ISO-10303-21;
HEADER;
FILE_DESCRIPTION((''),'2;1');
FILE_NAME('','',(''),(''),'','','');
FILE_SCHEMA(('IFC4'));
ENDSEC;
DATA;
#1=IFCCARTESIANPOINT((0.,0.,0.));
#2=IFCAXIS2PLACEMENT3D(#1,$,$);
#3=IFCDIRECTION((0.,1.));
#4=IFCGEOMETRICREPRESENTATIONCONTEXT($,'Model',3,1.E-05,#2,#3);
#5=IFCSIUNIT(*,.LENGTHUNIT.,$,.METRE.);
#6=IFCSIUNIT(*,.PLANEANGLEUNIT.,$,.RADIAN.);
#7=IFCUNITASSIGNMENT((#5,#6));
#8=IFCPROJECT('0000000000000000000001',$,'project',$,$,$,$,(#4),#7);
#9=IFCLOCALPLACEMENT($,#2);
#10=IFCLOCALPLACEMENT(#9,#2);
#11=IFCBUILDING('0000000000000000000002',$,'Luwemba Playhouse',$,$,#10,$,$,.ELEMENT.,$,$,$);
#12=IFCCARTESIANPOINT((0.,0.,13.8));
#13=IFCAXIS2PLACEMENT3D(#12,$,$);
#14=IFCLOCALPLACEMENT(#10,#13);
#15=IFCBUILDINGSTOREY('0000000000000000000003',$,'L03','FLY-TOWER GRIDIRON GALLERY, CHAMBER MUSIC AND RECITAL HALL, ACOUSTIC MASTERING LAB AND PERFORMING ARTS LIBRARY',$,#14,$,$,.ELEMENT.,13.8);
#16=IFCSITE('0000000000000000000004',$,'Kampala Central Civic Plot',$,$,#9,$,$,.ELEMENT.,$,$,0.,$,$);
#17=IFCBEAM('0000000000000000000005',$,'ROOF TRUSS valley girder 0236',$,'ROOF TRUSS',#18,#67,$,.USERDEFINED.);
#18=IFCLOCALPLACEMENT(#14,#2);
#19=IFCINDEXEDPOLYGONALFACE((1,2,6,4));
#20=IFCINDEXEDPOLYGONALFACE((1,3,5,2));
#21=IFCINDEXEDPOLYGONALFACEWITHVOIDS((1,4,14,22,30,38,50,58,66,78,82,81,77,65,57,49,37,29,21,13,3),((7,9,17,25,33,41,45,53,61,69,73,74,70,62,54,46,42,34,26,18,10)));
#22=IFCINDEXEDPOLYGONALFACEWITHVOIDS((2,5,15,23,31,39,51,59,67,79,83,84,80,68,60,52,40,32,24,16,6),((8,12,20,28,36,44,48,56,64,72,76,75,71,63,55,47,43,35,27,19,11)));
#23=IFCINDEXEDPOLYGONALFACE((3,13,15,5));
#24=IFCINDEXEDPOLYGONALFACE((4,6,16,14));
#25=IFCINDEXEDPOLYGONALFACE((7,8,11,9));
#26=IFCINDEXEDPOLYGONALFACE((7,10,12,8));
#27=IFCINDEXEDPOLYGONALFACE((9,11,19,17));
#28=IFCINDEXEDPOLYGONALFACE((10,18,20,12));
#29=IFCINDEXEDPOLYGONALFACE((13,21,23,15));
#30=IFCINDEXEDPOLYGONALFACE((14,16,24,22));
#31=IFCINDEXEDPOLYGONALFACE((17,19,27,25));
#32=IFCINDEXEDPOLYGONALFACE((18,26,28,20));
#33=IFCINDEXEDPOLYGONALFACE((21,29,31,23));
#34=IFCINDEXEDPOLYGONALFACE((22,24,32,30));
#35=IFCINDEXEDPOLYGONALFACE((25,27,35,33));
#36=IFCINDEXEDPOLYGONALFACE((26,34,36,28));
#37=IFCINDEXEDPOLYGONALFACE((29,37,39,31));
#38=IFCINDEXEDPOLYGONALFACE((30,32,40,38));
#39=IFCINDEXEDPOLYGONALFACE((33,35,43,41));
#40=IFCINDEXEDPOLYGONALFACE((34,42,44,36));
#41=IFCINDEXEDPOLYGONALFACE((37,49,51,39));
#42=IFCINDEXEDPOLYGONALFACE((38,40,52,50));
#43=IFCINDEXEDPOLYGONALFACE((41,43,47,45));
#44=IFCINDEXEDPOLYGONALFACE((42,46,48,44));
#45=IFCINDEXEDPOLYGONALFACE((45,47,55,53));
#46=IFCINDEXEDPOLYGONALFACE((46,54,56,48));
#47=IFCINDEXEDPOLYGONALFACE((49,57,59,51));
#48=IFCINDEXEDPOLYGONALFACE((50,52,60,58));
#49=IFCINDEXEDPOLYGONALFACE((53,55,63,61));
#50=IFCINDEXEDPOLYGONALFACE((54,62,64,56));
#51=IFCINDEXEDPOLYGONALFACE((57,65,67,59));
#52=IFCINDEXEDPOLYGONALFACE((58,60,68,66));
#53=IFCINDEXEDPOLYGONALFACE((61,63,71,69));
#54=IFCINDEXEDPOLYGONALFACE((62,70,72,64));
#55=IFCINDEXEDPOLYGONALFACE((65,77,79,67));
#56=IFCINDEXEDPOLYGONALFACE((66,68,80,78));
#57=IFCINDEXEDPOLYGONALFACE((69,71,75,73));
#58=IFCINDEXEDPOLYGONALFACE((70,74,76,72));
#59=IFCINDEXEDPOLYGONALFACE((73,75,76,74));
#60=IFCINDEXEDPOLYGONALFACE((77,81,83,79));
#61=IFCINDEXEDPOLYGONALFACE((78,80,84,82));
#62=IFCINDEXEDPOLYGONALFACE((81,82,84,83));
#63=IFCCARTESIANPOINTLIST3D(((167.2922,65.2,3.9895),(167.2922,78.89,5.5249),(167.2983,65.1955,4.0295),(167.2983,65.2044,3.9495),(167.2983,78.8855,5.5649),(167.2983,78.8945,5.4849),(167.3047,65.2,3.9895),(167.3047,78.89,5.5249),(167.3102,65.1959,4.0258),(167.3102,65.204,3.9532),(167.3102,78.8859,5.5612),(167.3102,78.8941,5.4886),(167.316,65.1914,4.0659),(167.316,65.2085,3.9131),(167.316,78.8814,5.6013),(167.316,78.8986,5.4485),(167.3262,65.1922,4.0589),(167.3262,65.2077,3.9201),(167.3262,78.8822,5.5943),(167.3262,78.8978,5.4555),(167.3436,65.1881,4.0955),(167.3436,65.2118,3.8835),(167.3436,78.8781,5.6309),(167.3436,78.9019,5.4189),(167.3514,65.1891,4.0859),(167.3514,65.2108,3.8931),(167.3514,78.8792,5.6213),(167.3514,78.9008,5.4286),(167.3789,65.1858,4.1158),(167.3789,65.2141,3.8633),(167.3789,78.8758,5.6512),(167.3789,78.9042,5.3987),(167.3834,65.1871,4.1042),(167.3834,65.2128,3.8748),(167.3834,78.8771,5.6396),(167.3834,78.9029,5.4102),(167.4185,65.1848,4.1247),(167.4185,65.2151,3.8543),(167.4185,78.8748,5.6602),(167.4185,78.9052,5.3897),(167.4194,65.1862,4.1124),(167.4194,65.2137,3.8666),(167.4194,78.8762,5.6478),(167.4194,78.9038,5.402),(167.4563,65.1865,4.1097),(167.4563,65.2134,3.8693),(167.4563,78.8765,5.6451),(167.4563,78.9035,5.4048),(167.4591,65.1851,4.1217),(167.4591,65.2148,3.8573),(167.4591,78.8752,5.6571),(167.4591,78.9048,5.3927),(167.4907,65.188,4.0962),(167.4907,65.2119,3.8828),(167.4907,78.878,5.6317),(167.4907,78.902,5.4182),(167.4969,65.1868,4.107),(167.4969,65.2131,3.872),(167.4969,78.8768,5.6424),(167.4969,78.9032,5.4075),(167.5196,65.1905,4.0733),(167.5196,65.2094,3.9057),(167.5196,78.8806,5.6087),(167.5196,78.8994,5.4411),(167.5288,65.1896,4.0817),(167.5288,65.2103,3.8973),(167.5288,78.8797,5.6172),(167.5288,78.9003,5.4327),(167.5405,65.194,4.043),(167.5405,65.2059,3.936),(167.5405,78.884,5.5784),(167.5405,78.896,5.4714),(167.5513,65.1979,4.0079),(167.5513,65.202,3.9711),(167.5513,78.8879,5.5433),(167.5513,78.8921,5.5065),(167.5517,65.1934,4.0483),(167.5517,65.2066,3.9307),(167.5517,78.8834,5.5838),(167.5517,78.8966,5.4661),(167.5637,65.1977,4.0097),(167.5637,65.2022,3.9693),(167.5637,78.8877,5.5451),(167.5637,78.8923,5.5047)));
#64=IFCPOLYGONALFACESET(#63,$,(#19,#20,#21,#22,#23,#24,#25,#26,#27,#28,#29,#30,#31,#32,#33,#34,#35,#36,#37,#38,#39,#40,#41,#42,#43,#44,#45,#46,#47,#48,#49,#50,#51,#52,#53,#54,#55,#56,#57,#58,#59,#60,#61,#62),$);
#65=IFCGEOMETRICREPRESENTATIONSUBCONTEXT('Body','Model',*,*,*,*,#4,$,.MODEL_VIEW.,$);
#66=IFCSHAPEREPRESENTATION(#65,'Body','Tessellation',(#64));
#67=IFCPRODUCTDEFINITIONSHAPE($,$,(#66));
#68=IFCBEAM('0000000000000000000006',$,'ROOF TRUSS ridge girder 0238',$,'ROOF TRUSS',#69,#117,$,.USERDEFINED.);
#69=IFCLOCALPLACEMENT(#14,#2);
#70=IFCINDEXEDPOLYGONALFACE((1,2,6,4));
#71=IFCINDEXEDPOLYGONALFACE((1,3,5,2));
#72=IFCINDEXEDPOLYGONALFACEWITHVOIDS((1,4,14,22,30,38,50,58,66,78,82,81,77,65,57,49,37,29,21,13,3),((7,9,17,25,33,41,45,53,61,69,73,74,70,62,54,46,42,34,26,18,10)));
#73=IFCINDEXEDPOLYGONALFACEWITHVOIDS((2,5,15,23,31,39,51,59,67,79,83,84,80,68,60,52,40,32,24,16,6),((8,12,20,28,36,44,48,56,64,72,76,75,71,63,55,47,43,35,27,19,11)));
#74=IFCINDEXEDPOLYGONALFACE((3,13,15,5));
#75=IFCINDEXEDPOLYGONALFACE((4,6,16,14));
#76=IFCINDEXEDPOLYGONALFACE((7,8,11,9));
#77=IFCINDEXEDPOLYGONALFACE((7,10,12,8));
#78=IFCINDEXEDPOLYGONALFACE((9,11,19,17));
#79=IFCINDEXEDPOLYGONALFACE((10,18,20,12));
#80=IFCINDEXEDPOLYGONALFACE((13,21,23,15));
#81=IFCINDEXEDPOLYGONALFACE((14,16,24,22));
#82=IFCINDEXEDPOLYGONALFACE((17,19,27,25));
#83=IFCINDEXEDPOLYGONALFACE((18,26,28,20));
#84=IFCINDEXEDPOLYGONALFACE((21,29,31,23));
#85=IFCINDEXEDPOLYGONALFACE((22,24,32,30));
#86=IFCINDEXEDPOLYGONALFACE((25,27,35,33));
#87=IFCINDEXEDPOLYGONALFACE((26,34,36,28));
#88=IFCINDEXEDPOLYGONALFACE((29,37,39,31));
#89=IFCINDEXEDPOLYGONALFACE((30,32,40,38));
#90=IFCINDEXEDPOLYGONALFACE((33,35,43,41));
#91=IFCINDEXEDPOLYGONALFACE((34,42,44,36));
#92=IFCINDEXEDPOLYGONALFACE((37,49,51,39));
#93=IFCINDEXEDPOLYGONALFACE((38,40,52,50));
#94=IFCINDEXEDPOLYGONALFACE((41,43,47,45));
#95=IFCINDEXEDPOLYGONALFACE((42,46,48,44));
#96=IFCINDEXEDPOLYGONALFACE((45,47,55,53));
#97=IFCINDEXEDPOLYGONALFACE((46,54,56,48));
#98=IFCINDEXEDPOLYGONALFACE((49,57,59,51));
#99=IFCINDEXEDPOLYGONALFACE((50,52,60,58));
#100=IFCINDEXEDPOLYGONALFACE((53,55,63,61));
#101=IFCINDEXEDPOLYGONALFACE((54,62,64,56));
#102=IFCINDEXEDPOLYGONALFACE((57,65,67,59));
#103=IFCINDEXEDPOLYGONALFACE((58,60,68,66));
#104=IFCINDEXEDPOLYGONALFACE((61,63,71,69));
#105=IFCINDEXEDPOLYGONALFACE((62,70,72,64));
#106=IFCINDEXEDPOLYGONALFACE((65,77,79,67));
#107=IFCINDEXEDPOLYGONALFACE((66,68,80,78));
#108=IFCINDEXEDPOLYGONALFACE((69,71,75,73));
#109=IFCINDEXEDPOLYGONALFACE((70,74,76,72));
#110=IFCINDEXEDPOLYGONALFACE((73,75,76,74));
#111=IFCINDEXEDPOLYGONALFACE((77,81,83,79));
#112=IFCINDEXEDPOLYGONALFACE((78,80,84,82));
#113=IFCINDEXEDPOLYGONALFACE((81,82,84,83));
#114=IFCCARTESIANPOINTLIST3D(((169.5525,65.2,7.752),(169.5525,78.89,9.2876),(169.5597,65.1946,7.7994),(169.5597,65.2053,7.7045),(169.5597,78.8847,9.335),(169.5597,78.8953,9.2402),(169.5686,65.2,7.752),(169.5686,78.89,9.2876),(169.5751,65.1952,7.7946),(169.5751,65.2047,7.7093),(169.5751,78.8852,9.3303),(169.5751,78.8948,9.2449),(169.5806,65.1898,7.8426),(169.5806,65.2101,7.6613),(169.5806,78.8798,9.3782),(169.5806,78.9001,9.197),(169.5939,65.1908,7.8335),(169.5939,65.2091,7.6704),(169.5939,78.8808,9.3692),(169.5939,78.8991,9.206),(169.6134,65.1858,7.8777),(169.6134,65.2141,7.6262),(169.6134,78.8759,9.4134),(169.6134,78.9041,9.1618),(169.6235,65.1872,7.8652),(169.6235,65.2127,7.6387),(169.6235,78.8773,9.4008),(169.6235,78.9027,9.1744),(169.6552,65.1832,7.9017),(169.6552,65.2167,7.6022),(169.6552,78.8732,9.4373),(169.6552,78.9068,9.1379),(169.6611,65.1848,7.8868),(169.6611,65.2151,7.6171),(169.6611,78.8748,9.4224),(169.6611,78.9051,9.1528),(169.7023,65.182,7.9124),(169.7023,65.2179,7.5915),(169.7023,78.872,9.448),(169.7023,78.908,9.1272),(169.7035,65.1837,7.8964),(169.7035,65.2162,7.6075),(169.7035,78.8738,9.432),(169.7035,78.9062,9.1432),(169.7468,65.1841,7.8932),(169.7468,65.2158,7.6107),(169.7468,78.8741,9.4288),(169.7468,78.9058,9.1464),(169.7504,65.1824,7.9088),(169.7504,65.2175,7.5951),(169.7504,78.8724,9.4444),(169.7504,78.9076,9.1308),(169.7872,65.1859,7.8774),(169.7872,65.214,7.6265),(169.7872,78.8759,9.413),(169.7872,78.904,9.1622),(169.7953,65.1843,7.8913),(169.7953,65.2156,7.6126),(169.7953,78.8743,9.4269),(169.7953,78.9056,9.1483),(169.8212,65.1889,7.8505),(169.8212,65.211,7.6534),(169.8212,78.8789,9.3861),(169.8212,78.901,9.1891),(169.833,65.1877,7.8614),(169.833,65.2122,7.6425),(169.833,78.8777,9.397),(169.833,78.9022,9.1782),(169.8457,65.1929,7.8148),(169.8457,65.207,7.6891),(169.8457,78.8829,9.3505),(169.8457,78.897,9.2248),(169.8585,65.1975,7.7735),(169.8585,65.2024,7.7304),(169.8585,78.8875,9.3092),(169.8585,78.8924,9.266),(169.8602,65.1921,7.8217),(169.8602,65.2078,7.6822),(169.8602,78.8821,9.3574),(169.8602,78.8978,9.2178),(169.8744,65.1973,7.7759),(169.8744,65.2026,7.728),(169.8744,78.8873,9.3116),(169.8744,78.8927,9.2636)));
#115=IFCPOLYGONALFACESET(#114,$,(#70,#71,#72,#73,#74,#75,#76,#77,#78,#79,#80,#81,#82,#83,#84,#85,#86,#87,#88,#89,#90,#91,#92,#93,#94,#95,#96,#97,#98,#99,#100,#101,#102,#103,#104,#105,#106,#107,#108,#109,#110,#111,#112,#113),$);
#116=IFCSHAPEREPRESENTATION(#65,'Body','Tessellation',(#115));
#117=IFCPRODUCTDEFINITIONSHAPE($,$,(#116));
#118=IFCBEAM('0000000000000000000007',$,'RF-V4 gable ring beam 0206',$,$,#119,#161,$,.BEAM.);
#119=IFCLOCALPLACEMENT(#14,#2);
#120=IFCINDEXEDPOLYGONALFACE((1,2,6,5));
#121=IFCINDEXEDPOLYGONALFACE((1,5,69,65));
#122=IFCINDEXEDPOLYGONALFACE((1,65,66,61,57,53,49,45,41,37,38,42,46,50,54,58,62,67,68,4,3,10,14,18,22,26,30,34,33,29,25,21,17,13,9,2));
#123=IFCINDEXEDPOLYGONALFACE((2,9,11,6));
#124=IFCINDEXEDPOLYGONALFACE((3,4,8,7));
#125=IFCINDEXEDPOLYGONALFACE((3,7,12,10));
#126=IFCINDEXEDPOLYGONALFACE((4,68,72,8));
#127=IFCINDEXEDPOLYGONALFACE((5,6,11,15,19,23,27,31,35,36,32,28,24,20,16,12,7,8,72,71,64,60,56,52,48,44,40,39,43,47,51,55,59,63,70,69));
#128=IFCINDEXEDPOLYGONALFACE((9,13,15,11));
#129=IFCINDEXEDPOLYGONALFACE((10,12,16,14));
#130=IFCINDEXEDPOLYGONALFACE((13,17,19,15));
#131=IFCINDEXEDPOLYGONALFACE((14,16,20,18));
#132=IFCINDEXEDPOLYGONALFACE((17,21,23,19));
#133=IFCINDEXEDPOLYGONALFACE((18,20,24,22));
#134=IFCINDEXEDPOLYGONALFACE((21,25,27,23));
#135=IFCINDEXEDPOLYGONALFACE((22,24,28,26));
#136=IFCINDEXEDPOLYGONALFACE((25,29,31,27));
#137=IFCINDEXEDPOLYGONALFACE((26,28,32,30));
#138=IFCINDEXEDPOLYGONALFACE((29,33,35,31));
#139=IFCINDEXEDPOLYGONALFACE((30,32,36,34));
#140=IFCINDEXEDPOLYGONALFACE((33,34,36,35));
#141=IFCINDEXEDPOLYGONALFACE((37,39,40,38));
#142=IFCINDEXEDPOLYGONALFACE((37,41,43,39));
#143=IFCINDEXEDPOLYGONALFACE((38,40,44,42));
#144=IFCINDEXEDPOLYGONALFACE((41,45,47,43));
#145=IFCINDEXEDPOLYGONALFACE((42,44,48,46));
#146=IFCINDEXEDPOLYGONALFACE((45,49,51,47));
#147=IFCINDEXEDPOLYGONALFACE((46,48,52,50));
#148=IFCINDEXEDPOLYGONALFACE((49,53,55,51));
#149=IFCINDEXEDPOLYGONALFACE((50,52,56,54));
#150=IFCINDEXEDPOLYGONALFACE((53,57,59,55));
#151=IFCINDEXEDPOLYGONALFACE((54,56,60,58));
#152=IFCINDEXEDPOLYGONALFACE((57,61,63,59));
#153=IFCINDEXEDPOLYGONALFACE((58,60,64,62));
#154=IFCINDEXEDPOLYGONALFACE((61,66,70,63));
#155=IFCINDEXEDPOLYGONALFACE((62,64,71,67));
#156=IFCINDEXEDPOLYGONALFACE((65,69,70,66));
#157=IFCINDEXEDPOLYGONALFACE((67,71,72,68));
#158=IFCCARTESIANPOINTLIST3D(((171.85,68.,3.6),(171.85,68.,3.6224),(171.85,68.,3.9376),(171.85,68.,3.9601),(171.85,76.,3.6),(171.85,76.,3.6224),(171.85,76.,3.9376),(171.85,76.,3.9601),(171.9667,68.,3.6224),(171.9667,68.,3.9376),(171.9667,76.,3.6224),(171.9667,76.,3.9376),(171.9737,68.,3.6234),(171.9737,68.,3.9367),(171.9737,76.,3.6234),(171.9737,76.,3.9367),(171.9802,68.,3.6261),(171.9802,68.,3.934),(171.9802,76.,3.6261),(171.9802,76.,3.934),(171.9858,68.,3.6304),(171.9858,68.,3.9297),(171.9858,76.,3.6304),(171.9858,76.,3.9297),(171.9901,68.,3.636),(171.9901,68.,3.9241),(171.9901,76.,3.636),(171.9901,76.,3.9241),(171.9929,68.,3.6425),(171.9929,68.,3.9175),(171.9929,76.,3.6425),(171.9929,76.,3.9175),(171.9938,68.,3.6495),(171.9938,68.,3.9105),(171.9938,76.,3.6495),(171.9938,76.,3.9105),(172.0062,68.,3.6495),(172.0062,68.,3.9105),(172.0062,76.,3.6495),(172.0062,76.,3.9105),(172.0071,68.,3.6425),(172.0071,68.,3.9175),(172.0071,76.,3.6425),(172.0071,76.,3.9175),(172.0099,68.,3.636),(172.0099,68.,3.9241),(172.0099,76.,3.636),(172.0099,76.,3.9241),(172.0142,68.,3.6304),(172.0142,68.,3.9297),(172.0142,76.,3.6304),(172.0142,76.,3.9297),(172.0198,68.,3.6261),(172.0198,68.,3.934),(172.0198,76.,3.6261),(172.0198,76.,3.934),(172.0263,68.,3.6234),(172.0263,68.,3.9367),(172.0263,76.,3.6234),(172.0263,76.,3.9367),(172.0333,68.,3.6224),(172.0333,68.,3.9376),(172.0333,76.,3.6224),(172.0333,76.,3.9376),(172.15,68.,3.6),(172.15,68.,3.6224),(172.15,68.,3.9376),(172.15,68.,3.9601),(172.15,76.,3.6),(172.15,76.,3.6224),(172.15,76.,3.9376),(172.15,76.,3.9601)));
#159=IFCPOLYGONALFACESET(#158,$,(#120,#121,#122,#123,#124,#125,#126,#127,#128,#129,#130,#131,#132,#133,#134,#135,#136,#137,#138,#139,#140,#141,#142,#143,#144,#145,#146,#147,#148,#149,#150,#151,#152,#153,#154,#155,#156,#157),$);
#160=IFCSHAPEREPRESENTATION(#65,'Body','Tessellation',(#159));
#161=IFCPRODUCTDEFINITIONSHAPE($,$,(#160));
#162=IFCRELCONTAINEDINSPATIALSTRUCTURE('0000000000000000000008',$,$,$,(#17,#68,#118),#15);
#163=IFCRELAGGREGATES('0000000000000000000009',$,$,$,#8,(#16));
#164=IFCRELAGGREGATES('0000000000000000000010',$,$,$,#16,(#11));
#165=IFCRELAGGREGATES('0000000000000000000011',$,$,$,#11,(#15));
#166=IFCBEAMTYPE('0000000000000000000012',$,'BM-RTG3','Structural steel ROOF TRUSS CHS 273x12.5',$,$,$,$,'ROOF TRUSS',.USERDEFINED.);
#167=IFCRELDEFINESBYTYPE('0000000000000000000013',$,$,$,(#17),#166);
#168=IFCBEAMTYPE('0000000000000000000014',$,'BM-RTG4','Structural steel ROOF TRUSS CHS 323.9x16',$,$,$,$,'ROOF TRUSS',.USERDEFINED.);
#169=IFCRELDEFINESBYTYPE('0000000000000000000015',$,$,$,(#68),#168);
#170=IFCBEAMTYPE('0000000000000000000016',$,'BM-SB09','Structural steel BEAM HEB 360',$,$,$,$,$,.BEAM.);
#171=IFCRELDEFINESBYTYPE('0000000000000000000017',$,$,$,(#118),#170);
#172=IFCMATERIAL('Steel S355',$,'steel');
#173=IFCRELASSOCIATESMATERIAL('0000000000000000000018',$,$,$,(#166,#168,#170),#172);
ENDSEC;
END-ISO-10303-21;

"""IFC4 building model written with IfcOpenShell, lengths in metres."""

from ifc_helpers import new_model, si_unit, direction, frame, origin, origin_2d, place, context, subcontext, project, spatial, hollow_circle, i_section, extrude, material, material_profile, profile_set, type_object, element, save


model = new_model("IFC4")

# Units and contexts
model_context = context("Model", 3, precision=1e-05, world=origin(), true_north=direction((0.0, 1.0)))
body_context = subcontext(model_context, "Body", "Model", "MODEL_VIEW")
ifc_project = project(units=[si_unit("LENGTHUNIT", "METRE"), si_unit("PLANEANGLEUNIT", "RADIAN")], contexts=[model_context])

# Site, building, storey
site_placement = place(None, origin())
site = spatial("IfcSite", under=ifc_project, at=site_placement, Name="Kampala Central Civic Plot", CompositionType="ELEMENT", RefElevation=0.0)
building_placement = place(site_placement, origin())
building = spatial("IfcBuilding", under=site, at=building_placement, Name="Luwemba Playhouse", CompositionType="ELEMENT")
storey_placement = place(building_placement, frame((0.0, 0.0, 13.8)))
storey = spatial("IfcBuildingStorey", under=building, at=storey_placement, Name="L03", Description="FLY-TOWER GRIDIRON GALLERY, CHAMBER MUSIC AND RECITAL HALL, ACOUSTIC MASTERING LAB AND PERFORMING ARTS LIBRARY", CompositionType="ELEMENT", Elevation=13.8)

# Shared definitions
ifc_material_1 = material(Name="Steel S355", Category="steel")

# Beams
ifc_material_profile_1 = material_profile(ifc_material_1, hollow_circle(Radius=0.1365, WallThickness=0.0125, at=origin_2d()))
ifc_profile_set_1 = profile_set([ifc_material_profile_1], Name="Steel S355")
beam_type_1 = type_object("IfcBeamType", Name="BM-RTG3", Description="Structural steel ROOF TRUSS CHS 273x12.5", ElementType="ROOF TRUSS", PredefinedType="USERDEFINED", material=ifc_profile_set_1)
beam_1_placement = place(storey_placement, frame((167.4287, 65.2, 3.9895), z_axis=(0.0, 0.993769, 0.111457), x_axis=(-1.0, 0.0, 0.0)))
element("IfcBeam", 1, at=beam_1_placement, inside=storey, type_object=beam_type_1, Name="ROOF TRUSS valley girder 0236", ObjectType="ROOF TRUSS", PredefinedType="USERDEFINED", context=body_context, shape_type="SweptSolid", body=[
    extrude(hollow_circle(Radius=0.1365, WallThickness=0.0125, at=origin_2d()), origin(), (0.0, 0.0, 1.0), 13.7759),
])
ifc_material_profile_2 = material_profile(ifc_material_1, hollow_circle(Radius=0.1619, WallThickness=0.0161, at=origin_2d()))
ifc_profile_set_2 = profile_set([ifc_material_profile_2], Name="Steel S355")
beam_type_2 = type_object("IfcBeamType", Name="BM-RTG4", Description="Structural steel ROOF TRUSS CHS 323.9x16", ElementType="ROOF TRUSS", PredefinedType="USERDEFINED", material=ifc_profile_set_2)
beam_2_placement = place(storey_placement, frame((169.7144, 65.2, 7.752), z_axis=(0.0, 0.993767, 0.111474), x_axis=(-1.0, 0.0, 0.0)))
element("IfcBeam", 2, at=beam_2_placement, inside=storey, type_object=beam_type_2, Name="ROOF TRUSS ridge girder 0238", ObjectType="ROOF TRUSS", PredefinedType="USERDEFINED", context=body_context, shape_type="SweptSolid", body=[
    extrude(hollow_circle(Radius=0.1619, WallThickness=0.0161, at=origin_2d()), origin(), (0.0, 0.0, 1.0), 13.7759),
])
ifc_material_profile_3 = material_profile(ifc_material_1, i_section(OverallWidth=0.3, OverallDepth=0.3601, WebThickness=0.0125, FlangeThickness=0.0225, FilletRadius=0.0271, at=origin_2d()))
ifc_profile_set_3 = profile_set([ifc_material_profile_3], Name="Steel S355")
beam_type_3 = type_object("IfcBeamType", Name="BM-SB09", Description="Structural steel BEAM HEB 360", PredefinedType="BEAM", material=ifc_profile_set_3)
beam_3_placement = place(storey_placement, frame((172.0, 68.0, 3.78), z_axis=(0.0, 1.0, 0.0), x_axis=(-1.0, 0.0, 0.0)))
element("IfcBeam", 3, at=beam_3_placement, inside=storey, type_object=beam_type_3, Name="RF-V4 gable ring beam 0206", PredefinedType="BEAM", context=body_context, shape_type="SweptSolid", body=[
    extrude(i_section(OverallWidth=0.3, OverallDepth=0.3601, WebThickness=0.0125, FlangeThickness=0.0225, FilletRadius=0.0271, at=origin_2d()), origin(), (0.0, 0.0, 1.0), 8.0),
])

save(model, "model.ifc")
